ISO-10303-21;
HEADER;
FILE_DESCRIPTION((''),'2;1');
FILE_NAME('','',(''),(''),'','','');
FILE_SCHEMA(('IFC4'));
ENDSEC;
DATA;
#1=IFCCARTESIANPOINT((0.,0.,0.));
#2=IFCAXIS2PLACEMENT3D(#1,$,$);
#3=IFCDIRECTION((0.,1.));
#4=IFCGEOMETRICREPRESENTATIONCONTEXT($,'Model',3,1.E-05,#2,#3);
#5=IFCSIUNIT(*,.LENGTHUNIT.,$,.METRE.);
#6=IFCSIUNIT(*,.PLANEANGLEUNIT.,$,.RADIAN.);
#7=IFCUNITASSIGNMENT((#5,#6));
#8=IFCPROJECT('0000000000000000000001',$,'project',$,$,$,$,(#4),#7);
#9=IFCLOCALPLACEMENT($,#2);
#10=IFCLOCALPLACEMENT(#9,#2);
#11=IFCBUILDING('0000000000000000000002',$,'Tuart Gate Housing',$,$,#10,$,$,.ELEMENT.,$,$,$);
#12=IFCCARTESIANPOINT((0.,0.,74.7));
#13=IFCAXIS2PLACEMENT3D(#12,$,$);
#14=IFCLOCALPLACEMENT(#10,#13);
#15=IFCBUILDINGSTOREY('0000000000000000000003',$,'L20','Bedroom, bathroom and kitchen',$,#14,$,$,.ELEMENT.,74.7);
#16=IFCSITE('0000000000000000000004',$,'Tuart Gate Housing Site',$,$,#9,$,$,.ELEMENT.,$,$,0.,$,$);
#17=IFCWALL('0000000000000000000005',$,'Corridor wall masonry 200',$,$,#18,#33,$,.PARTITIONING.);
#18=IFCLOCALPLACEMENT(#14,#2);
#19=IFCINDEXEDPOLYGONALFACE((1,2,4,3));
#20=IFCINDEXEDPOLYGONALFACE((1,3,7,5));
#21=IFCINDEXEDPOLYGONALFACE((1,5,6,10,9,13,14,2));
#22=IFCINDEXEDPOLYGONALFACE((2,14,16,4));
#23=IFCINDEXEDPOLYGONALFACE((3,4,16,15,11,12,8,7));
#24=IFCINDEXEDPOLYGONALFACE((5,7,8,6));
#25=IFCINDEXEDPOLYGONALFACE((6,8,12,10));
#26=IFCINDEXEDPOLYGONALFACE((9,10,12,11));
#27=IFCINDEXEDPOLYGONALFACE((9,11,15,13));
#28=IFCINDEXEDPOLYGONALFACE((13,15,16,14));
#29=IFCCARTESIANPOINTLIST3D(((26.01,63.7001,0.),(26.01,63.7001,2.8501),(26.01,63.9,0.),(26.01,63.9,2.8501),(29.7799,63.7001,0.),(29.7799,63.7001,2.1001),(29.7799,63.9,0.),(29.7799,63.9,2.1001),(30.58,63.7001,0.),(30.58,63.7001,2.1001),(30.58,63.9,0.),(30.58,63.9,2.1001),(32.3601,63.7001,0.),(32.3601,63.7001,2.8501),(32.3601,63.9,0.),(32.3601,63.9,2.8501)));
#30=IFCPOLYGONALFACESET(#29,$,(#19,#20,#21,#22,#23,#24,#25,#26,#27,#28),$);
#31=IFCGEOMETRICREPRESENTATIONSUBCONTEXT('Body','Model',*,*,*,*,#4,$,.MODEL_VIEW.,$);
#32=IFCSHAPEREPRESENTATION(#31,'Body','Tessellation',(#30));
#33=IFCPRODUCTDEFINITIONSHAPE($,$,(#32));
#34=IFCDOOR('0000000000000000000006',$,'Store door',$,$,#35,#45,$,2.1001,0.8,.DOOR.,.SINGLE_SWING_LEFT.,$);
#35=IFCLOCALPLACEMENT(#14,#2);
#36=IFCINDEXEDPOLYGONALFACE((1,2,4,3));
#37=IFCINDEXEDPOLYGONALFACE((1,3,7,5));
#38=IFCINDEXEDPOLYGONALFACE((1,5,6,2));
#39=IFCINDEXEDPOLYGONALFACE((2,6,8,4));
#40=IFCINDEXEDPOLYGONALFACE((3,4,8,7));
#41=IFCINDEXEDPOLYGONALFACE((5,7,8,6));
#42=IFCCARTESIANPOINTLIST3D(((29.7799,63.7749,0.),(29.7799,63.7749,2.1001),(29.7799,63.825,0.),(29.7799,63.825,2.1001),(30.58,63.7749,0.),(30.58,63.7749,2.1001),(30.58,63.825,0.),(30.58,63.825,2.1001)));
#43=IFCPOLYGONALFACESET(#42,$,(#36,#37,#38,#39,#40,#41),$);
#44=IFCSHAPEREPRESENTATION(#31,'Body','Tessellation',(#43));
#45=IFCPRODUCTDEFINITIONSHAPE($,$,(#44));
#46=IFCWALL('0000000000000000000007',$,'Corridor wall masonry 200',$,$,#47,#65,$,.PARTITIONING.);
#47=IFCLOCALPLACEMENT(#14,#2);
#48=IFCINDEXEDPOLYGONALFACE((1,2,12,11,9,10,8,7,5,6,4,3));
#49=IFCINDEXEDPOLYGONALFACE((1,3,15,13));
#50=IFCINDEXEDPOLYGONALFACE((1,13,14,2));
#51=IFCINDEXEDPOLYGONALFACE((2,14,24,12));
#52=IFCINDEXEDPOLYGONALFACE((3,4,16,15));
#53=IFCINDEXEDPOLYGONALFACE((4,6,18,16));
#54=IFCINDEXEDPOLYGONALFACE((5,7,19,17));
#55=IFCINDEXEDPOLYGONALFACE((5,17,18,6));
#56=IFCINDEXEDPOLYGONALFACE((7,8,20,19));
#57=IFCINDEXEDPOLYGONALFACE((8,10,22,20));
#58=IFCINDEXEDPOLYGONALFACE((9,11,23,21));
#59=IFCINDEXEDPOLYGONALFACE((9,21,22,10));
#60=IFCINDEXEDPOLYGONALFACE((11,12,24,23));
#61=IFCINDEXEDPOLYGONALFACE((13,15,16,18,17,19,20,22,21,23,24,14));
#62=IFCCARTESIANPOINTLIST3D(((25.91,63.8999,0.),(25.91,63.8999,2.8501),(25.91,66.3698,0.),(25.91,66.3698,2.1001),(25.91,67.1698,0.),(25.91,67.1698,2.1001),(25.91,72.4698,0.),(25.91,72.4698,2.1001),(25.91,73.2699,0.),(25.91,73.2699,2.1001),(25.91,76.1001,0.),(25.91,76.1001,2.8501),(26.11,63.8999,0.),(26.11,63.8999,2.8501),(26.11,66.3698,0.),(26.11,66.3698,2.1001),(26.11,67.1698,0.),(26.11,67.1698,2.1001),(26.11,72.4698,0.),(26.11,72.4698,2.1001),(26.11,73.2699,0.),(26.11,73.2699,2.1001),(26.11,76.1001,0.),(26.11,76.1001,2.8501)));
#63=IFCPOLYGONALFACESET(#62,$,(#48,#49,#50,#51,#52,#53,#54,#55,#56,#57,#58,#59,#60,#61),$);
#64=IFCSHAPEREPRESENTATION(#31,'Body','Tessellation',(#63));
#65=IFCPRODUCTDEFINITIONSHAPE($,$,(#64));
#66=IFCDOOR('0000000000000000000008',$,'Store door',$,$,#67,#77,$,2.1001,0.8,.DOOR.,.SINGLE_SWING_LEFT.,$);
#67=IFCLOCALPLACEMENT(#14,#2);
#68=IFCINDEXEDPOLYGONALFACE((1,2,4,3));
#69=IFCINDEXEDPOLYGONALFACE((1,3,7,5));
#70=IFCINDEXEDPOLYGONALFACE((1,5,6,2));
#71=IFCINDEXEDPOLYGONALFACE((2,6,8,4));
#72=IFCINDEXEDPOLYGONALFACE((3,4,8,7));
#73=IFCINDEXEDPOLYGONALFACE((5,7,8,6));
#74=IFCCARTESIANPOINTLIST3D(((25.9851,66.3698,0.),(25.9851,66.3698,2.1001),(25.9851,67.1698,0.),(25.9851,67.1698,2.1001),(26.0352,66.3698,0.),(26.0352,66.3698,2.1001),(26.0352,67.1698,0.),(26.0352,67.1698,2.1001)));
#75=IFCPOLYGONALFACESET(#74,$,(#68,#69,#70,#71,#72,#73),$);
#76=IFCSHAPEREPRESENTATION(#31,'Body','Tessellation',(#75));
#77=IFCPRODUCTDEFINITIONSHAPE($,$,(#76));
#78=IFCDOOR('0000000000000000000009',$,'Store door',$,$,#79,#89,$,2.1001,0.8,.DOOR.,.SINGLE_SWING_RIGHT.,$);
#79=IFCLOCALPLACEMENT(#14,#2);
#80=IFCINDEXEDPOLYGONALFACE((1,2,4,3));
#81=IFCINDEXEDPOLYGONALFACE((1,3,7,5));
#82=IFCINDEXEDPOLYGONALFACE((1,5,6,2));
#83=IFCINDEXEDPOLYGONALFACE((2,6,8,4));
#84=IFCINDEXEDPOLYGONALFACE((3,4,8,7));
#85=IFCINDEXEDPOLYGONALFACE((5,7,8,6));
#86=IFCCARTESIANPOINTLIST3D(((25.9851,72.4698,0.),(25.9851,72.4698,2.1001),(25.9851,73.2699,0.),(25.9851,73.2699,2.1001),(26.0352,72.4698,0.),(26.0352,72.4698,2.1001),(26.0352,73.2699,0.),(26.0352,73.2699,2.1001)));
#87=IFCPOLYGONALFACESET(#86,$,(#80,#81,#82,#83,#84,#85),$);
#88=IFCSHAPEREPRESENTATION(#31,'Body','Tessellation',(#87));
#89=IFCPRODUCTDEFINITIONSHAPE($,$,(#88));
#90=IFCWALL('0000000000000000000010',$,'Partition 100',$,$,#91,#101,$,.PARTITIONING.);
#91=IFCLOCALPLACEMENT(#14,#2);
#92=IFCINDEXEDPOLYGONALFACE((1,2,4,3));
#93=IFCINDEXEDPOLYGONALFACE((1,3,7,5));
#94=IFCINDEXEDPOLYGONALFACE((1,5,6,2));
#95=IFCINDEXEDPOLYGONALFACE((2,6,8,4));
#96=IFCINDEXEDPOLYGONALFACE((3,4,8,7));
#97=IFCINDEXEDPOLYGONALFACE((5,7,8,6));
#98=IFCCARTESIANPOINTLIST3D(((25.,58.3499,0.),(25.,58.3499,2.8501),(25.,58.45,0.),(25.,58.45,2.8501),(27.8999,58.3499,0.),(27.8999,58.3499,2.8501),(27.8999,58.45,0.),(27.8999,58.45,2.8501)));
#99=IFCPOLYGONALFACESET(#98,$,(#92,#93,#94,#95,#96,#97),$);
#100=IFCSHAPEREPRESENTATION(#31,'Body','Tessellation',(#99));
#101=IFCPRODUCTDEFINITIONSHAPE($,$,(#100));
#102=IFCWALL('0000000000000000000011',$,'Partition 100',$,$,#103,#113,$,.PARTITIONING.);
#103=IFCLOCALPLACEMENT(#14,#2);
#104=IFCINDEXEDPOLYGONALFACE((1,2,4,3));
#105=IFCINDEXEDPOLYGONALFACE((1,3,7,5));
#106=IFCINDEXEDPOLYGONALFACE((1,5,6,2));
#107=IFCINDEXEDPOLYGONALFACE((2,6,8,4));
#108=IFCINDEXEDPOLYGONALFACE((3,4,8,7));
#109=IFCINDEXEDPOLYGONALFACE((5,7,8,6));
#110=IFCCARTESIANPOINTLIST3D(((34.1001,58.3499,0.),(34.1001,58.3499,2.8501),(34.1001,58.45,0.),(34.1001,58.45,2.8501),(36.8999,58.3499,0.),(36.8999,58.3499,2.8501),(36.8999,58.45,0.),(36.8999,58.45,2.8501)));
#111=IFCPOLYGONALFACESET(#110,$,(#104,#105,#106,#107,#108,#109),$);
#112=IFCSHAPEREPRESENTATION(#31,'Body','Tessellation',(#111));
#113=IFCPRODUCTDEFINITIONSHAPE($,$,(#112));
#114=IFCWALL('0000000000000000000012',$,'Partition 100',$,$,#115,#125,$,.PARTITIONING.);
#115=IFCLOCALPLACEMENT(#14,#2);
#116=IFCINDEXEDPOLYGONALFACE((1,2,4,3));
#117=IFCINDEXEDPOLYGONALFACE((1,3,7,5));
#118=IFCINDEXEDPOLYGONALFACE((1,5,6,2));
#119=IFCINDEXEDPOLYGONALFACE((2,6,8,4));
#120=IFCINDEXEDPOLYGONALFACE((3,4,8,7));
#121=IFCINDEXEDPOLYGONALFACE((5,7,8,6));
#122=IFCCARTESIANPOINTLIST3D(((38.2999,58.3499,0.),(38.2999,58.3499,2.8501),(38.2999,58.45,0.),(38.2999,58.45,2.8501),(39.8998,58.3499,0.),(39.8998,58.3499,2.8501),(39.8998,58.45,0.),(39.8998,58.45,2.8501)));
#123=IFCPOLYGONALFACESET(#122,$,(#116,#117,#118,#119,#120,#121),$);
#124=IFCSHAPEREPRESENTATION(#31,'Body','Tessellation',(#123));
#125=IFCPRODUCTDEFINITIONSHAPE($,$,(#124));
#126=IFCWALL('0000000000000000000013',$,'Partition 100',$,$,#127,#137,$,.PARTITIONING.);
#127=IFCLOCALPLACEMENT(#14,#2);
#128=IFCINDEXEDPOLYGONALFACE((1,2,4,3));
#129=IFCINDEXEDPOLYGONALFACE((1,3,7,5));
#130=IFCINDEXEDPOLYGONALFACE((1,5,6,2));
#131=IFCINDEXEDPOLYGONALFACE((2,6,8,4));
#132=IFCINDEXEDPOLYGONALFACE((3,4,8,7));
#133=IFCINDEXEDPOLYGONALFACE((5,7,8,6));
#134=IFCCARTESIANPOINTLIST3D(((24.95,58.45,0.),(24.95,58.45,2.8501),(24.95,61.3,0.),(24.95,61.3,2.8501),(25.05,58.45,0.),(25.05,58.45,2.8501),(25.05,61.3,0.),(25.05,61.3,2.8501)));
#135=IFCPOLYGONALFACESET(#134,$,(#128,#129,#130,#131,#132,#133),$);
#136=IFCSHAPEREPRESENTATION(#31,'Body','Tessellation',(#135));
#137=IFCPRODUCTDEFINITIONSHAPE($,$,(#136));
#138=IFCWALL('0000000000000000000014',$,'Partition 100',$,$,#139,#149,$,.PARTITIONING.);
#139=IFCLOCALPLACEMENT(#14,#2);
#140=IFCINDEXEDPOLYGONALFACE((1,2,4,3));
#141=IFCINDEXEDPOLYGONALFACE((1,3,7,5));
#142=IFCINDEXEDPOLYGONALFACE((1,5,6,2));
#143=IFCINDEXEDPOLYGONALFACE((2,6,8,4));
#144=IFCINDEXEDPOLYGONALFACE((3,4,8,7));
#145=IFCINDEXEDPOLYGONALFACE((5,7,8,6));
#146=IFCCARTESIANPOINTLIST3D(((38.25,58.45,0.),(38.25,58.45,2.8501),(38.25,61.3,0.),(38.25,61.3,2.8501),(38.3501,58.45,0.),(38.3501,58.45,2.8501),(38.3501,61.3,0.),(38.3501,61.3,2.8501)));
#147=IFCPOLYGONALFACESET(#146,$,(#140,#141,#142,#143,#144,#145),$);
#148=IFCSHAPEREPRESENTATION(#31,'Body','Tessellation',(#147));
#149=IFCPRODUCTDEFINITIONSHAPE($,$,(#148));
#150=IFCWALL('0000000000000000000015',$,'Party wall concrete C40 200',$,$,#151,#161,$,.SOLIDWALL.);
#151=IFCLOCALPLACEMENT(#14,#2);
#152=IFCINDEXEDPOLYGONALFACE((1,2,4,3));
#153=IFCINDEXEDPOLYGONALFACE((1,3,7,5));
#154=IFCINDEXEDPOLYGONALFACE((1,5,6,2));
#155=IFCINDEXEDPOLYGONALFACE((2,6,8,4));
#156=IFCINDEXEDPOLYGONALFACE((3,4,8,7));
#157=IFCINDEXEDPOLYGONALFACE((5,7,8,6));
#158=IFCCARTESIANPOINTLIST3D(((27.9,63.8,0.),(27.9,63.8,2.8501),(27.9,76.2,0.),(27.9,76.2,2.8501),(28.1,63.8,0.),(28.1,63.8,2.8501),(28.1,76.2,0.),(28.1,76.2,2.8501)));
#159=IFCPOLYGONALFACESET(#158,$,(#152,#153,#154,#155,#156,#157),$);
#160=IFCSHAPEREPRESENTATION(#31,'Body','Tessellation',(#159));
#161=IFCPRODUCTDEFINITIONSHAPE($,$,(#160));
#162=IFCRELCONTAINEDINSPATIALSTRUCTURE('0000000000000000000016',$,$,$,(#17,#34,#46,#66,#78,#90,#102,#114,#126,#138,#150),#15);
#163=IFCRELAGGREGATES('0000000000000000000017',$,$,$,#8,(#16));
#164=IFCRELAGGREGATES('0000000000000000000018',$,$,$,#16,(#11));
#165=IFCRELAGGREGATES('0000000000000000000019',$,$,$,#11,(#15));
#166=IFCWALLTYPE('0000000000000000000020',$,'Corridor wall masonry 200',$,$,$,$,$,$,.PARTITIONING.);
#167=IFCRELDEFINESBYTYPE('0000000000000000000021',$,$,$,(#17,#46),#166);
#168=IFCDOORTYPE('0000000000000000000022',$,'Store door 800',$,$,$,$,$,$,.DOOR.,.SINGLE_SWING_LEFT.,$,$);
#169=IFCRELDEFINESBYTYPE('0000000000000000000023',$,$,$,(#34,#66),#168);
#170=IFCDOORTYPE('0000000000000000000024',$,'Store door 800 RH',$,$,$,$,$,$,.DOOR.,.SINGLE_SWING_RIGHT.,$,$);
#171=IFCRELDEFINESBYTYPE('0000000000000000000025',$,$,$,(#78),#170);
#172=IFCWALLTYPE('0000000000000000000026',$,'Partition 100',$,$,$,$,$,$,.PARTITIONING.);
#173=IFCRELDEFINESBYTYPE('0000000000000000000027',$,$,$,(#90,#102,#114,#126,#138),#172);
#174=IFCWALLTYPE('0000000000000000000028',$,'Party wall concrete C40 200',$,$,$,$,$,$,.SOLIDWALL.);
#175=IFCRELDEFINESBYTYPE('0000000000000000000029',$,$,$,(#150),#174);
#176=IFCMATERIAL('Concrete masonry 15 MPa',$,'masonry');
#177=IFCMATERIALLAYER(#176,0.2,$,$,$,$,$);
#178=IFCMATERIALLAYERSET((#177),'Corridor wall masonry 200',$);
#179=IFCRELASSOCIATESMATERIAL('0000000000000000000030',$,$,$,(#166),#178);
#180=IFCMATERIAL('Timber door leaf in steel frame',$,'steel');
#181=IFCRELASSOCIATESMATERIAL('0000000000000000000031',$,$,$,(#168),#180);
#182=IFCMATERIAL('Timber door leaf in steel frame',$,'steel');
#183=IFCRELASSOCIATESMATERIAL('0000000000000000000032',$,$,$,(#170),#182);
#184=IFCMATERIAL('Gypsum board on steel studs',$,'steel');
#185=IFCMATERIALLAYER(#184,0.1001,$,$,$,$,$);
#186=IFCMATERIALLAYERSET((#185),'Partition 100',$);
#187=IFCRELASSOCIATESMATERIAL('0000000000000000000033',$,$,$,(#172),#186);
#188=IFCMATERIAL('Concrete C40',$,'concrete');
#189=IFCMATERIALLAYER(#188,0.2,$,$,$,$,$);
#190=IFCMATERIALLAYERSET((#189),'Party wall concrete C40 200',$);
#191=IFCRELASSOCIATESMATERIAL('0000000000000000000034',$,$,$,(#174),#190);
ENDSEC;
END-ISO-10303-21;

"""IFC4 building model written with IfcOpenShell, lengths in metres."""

from ifc_helpers import new_model, si_unit, direction, frame, frame_2d, origin, place, context, subcontext, project, spatial, rectangle, extrude, material, layer, layer_set, type_object, element, fill, save


model = new_model("IFC4")

# Units and contexts
model_context = context("Model", 3, precision=1e-05, world=origin(), true_north=direction((0.0, 1.0)))
body_context = subcontext(model_context, "Body", "Model", "MODEL_VIEW")
ifc_project = project(units=[si_unit("LENGTHUNIT", "METRE"), si_unit("PLANEANGLEUNIT", "RADIAN")], contexts=[model_context])

# Site, building, storey
site_placement = place(None, origin())
site = spatial("IfcSite", under=ifc_project, at=site_placement, Name="Tuart Gate Housing Site", CompositionType="ELEMENT", RefElevation=0.0)
building_placement = place(site_placement, origin())
building = spatial("IfcBuilding", under=site, at=building_placement, Name="Tuart Gate Housing", CompositionType="ELEMENT")
storey_placement = place(building_placement, frame((0.0, 0.0, 74.7)))
storey = spatial("IfcBuildingStorey", under=building, at=storey_placement, Name="L20", Description="Bedroom, bathroom and kitchen", CompositionType="ELEMENT", Elevation=74.7)

# Shared definitions
ifc_material_1 = material(Name="Concrete masonry 15 MPa", Category="masonry")
ifc_layer_1 = layer(ifc_material_1, 0.2)
ifc_layer_set_1 = layer_set([ifc_layer_1], Name="Corridor wall masonry 200")
wall_type_1 = type_object("IfcWallType", Name="Corridor wall masonry 200", PredefinedType="PARTITIONING", material=ifc_layer_set_1)

# Wall, opening, door
wall_1_placement = place(storey_placement, frame((26.01, 63.8, 0.0), z_axis=(0.0, 0.0, 1.0), x_axis=(1.0, 0.0, 0.0)))
wall_1 = element("IfcWall", 1, at=wall_1_placement, inside=storey, type_object=wall_type_1, Name="Corridor wall masonry 200", PredefinedType="PARTITIONING", context=body_context, shape_type="SweptSolid", body=[
    extrude(rectangle(XDim=6.3501, YDim=0.2, at=frame_2d((3.175, 0.0))), origin(), (0.0, 0.0, 1.0), 2.8501),
])
opening_1_placement = place(wall_1_placement, frame((3.77, 0.0, 0.0)))
opening_1 = element("IfcOpeningElement", 2, at=opening_1_placement, cuts=wall_1, PredefinedType="OPENING", context=body_context, shape_type="SweptSolid", body=[
    extrude(rectangle(XDim=0.8, YDim=2.1001, at=frame_2d((0.3999, 1.05))), frame((0.0, 0.1099, 0.0), z_axis=(0.0, -1.0, 0.0), x_axis=(1.0, 0.0, 0.0)), (0.0, 0.0, 1.0), 0.22),
])
ifc_material_2 = material(Name="Timber door leaf in steel frame", Category="steel")
door_type_1 = type_object("IfcDoorType", Name="Store door 800", OperationType="SINGLE_SWING_LEFT", PredefinedType="DOOR", material=ifc_material_2)
door_1_placement = place(opening_1_placement, origin())
door_1 = element("IfcDoor", 3, at=door_1_placement, inside=storey, type_object=door_type_1, Name="Store door", OperationType="SINGLE_SWING_LEFT", OverallHeight=2.1001, OverallWidth=0.8, PredefinedType="DOOR", context=body_context, shape_type="SweptSolid", body=[
    extrude(rectangle(XDim=0.8, YDim=2.1001, at=frame_2d((0.3999, 1.05))), frame((0.0, 0.0249, 0.0), z_axis=(0.0, -1.0, 0.0), x_axis=(1.0, 0.0, 0.0)), (0.0, 0.0, 1.0), 0.05),
])
fill(opening_1, door_1)

# Wall, openings, doors
wall_2_placement = place(storey_placement, frame((26.01, 63.8999, 0.0), z_axis=(0.0, 0.0, 1.0), x_axis=(0.0, 1.0, 0.0)))
wall_2 = element("IfcWall", 4, at=wall_2_placement, inside=storey, type_object=wall_type_1, Name="Corridor wall masonry 200", PredefinedType="PARTITIONING", context=body_context, shape_type="SweptSolid", body=[
    extrude(rectangle(XDim=12.2002, YDim=0.2, at=frame_2d((6.1001, 0.0))), origin(), (0.0, 0.0, 1.0), 2.8501),
])
opening_2_placement = place(wall_2_placement, frame((2.47, 0.0, 0.0)))
opening_2 = element("IfcOpeningElement", 5, at=opening_2_placement, cuts=wall_2, PredefinedType="OPENING", context=body_context, shape_type="SweptSolid", body=[
    extrude(rectangle(XDim=0.8, YDim=2.1001, at=frame_2d((0.3999, 1.05))), frame((0.0, 0.1099, 0.0), z_axis=(0.0, -1.0, 0.0), x_axis=(1.0, 0.0, 0.0)), (0.0, 0.0, 1.0), 0.22),
])
opening_3_placement = place(wall_2_placement, frame((8.5701, 0.0, 0.0)))
opening_3 = element("IfcOpeningElement", 6, at=opening_3_placement, cuts=wall_2, PredefinedType="OPENING", context=body_context, shape_type="SweptSolid", body=[
    extrude(rectangle(XDim=0.8, YDim=2.1001, at=frame_2d((0.3999, 1.05))), frame((0.0, 0.1099, 0.0), z_axis=(0.0, -1.0, 0.0), x_axis=(1.0, 0.0, 0.0)), (0.0, 0.0, 1.0), 0.22),
])
door_2_placement = place(opening_2_placement, frame((0.8, 0.0, 0.0), z_axis=(0.0, 0.0, 1.0), x_axis=(-1.0, 0.0, 0.0)))
door_2 = element("IfcDoor", 7, at=door_2_placement, inside=storey, type_object=door_type_1, Name="Store door", OperationType="SINGLE_SWING_LEFT", OverallHeight=2.1001, OverallWidth=0.8, PredefinedType="DOOR", context=body_context, shape_type="SweptSolid", body=[
    extrude(rectangle(XDim=0.8, YDim=2.1001, at=frame_2d((0.4001, 1.05))), frame((0.0, 0.0251, 0.0), z_axis=(0.0, -1.0, 0.0), x_axis=(1.0, 0.0, 0.0)), (0.0, 0.0, 1.0), 0.05),
])
fill(opening_2, door_2)
ifc_material_3 = material(Name="Timber door leaf in steel frame", Category="steel")
door_type_2 = type_object("IfcDoorType", Name="Store door 800 RH", OperationType="SINGLE_SWING_RIGHT", PredefinedType="DOOR", material=ifc_material_3)
door_3_placement = place(opening_3_placement, frame((0.8, 0.0, 0.0), z_axis=(0.0, 0.0, 1.0), x_axis=(-1.0, 0.0, 0.0)))
door_3 = element("IfcDoor", 8, at=door_3_placement, inside=storey, type_object=door_type_2, Name="Store door", OperationType="SINGLE_SWING_RIGHT", OverallHeight=2.1001, OverallWidth=0.8, PredefinedType="DOOR", context=body_context, shape_type="SweptSolid", body=[
    extrude(rectangle(XDim=0.8, YDim=2.1001, at=frame_2d((0.4001, 1.05))), frame((0.0, 0.0251, 0.0), z_axis=(0.0, -1.0, 0.0), x_axis=(1.0, 0.0, 0.0)), (0.0, 0.0, 1.0), 0.05),
])
fill(opening_3, door_3)

# Walls
ifc_material_4 = material(Name="Gypsum board on steel studs", Category="steel")
ifc_layer_2 = layer(ifc_material_4, 0.1001)
ifc_layer_set_2 = layer_set([ifc_layer_2], Name="Partition 100")
wall_type_2 = type_object("IfcWallType", Name="Partition 100", PredefinedType="PARTITIONING", material=ifc_layer_set_2)
wall_3_placement = place(storey_placement, frame((25.0, 58.3999, 0.0), z_axis=(0.0, 0.0, 1.0), x_axis=(1.0, 0.0, 0.0)))
element("IfcWall", 9, at=wall_3_placement, inside=storey, type_object=wall_type_2, Name="Partition 100", PredefinedType="PARTITIONING", context=body_context, shape_type="SweptSolid", body=[
    extrude(rectangle(XDim=2.8999, YDim=0.1001, at=frame_2d((1.45, 0.0))), origin(), (0.0, 0.0, 1.0), 2.8501),
])
wall_4_placement = place(storey_placement, frame((34.1001, 58.3999, 0.0), z_axis=(0.0, 0.0, 1.0), x_axis=(1.0, 0.0, 0.0)))
element("IfcWall", 10, at=wall_4_placement, inside=storey, type_object=wall_type_2, Name="Partition 100", PredefinedType="PARTITIONING", context=body_context, shape_type="SweptSolid", body=[
    extrude(rectangle(XDim=2.7998, YDim=0.1001, at=frame_2d((1.3999, 0.0))), origin(), (0.0, 0.0, 1.0), 2.8501),
])
wall_5_placement = place(storey_placement, frame((38.3, 58.3999, 0.0), z_axis=(0.0, 0.0, 1.0), x_axis=(1.0, 0.0, 0.0)))
element("IfcWall", 11, at=wall_5_placement, inside=storey, type_object=wall_type_2, Name="Partition 100", PredefinedType="PARTITIONING", context=body_context, shape_type="SweptSolid", body=[
    extrude(rectangle(XDim=1.5999, YDim=0.1001, at=frame_2d((0.7998, 0.0))), origin(), (0.0, 0.0, 1.0), 2.8501),
])
for number, where, z_axis, x_axis, name in (
    (12, (25.0, 58.45, 0.0), (0.0, 0.0, 1.0), (0.0, 1.0, 0.0), "Partition 100"),
    (13, (38.3, 58.45, 0.0), (0.0, 0.0, 1.0), (0.0, 1.0, 0.0), "Partition 100"),
):
    element("IfcWall", number, at=place(storey_placement, frame(where, z_axis=z_axis, x_axis=x_axis)), inside=storey, type_object=wall_type_2, Name=name, PredefinedType="PARTITIONING", context=body_context, shape_type="SweptSolid", body=[
        extrude(rectangle(XDim=2.8501, YDim=0.1001, at=frame_2d((1.425, 0.0))), origin(), (0.0, 0.0, 1.0), 2.8501),
    ])
ifc_material_5 = material(Name="Concrete C40", Category="concrete")
ifc_layer_3 = layer(ifc_material_5, 0.2)
ifc_layer_set_3 = layer_set([ifc_layer_3], Name="Party wall concrete C40 200")
wall_type_3 = type_object("IfcWallType", Name="Party wall concrete C40 200", PredefinedType="SOLIDWALL", material=ifc_layer_set_3)
wall_6_placement = place(storey_placement, frame((28.0, 63.8, 0.0), z_axis=(0.0, 0.0, 1.0), x_axis=(0.0, 1.0, 0.0)))
element("IfcWall", 14, at=wall_6_placement, inside=storey, type_object=wall_type_3, Name="Party wall concrete C40 200", PredefinedType="SOLIDWALL", context=body_context, shape_type="SweptSolid", body=[
    extrude(rectangle(XDim=12.3999, YDim=0.2, at=frame_2d((6.2, 0.0))), origin(), (0.0, 0.0, 1.0), 2.8501),
])

save(model, "model.ifc")
